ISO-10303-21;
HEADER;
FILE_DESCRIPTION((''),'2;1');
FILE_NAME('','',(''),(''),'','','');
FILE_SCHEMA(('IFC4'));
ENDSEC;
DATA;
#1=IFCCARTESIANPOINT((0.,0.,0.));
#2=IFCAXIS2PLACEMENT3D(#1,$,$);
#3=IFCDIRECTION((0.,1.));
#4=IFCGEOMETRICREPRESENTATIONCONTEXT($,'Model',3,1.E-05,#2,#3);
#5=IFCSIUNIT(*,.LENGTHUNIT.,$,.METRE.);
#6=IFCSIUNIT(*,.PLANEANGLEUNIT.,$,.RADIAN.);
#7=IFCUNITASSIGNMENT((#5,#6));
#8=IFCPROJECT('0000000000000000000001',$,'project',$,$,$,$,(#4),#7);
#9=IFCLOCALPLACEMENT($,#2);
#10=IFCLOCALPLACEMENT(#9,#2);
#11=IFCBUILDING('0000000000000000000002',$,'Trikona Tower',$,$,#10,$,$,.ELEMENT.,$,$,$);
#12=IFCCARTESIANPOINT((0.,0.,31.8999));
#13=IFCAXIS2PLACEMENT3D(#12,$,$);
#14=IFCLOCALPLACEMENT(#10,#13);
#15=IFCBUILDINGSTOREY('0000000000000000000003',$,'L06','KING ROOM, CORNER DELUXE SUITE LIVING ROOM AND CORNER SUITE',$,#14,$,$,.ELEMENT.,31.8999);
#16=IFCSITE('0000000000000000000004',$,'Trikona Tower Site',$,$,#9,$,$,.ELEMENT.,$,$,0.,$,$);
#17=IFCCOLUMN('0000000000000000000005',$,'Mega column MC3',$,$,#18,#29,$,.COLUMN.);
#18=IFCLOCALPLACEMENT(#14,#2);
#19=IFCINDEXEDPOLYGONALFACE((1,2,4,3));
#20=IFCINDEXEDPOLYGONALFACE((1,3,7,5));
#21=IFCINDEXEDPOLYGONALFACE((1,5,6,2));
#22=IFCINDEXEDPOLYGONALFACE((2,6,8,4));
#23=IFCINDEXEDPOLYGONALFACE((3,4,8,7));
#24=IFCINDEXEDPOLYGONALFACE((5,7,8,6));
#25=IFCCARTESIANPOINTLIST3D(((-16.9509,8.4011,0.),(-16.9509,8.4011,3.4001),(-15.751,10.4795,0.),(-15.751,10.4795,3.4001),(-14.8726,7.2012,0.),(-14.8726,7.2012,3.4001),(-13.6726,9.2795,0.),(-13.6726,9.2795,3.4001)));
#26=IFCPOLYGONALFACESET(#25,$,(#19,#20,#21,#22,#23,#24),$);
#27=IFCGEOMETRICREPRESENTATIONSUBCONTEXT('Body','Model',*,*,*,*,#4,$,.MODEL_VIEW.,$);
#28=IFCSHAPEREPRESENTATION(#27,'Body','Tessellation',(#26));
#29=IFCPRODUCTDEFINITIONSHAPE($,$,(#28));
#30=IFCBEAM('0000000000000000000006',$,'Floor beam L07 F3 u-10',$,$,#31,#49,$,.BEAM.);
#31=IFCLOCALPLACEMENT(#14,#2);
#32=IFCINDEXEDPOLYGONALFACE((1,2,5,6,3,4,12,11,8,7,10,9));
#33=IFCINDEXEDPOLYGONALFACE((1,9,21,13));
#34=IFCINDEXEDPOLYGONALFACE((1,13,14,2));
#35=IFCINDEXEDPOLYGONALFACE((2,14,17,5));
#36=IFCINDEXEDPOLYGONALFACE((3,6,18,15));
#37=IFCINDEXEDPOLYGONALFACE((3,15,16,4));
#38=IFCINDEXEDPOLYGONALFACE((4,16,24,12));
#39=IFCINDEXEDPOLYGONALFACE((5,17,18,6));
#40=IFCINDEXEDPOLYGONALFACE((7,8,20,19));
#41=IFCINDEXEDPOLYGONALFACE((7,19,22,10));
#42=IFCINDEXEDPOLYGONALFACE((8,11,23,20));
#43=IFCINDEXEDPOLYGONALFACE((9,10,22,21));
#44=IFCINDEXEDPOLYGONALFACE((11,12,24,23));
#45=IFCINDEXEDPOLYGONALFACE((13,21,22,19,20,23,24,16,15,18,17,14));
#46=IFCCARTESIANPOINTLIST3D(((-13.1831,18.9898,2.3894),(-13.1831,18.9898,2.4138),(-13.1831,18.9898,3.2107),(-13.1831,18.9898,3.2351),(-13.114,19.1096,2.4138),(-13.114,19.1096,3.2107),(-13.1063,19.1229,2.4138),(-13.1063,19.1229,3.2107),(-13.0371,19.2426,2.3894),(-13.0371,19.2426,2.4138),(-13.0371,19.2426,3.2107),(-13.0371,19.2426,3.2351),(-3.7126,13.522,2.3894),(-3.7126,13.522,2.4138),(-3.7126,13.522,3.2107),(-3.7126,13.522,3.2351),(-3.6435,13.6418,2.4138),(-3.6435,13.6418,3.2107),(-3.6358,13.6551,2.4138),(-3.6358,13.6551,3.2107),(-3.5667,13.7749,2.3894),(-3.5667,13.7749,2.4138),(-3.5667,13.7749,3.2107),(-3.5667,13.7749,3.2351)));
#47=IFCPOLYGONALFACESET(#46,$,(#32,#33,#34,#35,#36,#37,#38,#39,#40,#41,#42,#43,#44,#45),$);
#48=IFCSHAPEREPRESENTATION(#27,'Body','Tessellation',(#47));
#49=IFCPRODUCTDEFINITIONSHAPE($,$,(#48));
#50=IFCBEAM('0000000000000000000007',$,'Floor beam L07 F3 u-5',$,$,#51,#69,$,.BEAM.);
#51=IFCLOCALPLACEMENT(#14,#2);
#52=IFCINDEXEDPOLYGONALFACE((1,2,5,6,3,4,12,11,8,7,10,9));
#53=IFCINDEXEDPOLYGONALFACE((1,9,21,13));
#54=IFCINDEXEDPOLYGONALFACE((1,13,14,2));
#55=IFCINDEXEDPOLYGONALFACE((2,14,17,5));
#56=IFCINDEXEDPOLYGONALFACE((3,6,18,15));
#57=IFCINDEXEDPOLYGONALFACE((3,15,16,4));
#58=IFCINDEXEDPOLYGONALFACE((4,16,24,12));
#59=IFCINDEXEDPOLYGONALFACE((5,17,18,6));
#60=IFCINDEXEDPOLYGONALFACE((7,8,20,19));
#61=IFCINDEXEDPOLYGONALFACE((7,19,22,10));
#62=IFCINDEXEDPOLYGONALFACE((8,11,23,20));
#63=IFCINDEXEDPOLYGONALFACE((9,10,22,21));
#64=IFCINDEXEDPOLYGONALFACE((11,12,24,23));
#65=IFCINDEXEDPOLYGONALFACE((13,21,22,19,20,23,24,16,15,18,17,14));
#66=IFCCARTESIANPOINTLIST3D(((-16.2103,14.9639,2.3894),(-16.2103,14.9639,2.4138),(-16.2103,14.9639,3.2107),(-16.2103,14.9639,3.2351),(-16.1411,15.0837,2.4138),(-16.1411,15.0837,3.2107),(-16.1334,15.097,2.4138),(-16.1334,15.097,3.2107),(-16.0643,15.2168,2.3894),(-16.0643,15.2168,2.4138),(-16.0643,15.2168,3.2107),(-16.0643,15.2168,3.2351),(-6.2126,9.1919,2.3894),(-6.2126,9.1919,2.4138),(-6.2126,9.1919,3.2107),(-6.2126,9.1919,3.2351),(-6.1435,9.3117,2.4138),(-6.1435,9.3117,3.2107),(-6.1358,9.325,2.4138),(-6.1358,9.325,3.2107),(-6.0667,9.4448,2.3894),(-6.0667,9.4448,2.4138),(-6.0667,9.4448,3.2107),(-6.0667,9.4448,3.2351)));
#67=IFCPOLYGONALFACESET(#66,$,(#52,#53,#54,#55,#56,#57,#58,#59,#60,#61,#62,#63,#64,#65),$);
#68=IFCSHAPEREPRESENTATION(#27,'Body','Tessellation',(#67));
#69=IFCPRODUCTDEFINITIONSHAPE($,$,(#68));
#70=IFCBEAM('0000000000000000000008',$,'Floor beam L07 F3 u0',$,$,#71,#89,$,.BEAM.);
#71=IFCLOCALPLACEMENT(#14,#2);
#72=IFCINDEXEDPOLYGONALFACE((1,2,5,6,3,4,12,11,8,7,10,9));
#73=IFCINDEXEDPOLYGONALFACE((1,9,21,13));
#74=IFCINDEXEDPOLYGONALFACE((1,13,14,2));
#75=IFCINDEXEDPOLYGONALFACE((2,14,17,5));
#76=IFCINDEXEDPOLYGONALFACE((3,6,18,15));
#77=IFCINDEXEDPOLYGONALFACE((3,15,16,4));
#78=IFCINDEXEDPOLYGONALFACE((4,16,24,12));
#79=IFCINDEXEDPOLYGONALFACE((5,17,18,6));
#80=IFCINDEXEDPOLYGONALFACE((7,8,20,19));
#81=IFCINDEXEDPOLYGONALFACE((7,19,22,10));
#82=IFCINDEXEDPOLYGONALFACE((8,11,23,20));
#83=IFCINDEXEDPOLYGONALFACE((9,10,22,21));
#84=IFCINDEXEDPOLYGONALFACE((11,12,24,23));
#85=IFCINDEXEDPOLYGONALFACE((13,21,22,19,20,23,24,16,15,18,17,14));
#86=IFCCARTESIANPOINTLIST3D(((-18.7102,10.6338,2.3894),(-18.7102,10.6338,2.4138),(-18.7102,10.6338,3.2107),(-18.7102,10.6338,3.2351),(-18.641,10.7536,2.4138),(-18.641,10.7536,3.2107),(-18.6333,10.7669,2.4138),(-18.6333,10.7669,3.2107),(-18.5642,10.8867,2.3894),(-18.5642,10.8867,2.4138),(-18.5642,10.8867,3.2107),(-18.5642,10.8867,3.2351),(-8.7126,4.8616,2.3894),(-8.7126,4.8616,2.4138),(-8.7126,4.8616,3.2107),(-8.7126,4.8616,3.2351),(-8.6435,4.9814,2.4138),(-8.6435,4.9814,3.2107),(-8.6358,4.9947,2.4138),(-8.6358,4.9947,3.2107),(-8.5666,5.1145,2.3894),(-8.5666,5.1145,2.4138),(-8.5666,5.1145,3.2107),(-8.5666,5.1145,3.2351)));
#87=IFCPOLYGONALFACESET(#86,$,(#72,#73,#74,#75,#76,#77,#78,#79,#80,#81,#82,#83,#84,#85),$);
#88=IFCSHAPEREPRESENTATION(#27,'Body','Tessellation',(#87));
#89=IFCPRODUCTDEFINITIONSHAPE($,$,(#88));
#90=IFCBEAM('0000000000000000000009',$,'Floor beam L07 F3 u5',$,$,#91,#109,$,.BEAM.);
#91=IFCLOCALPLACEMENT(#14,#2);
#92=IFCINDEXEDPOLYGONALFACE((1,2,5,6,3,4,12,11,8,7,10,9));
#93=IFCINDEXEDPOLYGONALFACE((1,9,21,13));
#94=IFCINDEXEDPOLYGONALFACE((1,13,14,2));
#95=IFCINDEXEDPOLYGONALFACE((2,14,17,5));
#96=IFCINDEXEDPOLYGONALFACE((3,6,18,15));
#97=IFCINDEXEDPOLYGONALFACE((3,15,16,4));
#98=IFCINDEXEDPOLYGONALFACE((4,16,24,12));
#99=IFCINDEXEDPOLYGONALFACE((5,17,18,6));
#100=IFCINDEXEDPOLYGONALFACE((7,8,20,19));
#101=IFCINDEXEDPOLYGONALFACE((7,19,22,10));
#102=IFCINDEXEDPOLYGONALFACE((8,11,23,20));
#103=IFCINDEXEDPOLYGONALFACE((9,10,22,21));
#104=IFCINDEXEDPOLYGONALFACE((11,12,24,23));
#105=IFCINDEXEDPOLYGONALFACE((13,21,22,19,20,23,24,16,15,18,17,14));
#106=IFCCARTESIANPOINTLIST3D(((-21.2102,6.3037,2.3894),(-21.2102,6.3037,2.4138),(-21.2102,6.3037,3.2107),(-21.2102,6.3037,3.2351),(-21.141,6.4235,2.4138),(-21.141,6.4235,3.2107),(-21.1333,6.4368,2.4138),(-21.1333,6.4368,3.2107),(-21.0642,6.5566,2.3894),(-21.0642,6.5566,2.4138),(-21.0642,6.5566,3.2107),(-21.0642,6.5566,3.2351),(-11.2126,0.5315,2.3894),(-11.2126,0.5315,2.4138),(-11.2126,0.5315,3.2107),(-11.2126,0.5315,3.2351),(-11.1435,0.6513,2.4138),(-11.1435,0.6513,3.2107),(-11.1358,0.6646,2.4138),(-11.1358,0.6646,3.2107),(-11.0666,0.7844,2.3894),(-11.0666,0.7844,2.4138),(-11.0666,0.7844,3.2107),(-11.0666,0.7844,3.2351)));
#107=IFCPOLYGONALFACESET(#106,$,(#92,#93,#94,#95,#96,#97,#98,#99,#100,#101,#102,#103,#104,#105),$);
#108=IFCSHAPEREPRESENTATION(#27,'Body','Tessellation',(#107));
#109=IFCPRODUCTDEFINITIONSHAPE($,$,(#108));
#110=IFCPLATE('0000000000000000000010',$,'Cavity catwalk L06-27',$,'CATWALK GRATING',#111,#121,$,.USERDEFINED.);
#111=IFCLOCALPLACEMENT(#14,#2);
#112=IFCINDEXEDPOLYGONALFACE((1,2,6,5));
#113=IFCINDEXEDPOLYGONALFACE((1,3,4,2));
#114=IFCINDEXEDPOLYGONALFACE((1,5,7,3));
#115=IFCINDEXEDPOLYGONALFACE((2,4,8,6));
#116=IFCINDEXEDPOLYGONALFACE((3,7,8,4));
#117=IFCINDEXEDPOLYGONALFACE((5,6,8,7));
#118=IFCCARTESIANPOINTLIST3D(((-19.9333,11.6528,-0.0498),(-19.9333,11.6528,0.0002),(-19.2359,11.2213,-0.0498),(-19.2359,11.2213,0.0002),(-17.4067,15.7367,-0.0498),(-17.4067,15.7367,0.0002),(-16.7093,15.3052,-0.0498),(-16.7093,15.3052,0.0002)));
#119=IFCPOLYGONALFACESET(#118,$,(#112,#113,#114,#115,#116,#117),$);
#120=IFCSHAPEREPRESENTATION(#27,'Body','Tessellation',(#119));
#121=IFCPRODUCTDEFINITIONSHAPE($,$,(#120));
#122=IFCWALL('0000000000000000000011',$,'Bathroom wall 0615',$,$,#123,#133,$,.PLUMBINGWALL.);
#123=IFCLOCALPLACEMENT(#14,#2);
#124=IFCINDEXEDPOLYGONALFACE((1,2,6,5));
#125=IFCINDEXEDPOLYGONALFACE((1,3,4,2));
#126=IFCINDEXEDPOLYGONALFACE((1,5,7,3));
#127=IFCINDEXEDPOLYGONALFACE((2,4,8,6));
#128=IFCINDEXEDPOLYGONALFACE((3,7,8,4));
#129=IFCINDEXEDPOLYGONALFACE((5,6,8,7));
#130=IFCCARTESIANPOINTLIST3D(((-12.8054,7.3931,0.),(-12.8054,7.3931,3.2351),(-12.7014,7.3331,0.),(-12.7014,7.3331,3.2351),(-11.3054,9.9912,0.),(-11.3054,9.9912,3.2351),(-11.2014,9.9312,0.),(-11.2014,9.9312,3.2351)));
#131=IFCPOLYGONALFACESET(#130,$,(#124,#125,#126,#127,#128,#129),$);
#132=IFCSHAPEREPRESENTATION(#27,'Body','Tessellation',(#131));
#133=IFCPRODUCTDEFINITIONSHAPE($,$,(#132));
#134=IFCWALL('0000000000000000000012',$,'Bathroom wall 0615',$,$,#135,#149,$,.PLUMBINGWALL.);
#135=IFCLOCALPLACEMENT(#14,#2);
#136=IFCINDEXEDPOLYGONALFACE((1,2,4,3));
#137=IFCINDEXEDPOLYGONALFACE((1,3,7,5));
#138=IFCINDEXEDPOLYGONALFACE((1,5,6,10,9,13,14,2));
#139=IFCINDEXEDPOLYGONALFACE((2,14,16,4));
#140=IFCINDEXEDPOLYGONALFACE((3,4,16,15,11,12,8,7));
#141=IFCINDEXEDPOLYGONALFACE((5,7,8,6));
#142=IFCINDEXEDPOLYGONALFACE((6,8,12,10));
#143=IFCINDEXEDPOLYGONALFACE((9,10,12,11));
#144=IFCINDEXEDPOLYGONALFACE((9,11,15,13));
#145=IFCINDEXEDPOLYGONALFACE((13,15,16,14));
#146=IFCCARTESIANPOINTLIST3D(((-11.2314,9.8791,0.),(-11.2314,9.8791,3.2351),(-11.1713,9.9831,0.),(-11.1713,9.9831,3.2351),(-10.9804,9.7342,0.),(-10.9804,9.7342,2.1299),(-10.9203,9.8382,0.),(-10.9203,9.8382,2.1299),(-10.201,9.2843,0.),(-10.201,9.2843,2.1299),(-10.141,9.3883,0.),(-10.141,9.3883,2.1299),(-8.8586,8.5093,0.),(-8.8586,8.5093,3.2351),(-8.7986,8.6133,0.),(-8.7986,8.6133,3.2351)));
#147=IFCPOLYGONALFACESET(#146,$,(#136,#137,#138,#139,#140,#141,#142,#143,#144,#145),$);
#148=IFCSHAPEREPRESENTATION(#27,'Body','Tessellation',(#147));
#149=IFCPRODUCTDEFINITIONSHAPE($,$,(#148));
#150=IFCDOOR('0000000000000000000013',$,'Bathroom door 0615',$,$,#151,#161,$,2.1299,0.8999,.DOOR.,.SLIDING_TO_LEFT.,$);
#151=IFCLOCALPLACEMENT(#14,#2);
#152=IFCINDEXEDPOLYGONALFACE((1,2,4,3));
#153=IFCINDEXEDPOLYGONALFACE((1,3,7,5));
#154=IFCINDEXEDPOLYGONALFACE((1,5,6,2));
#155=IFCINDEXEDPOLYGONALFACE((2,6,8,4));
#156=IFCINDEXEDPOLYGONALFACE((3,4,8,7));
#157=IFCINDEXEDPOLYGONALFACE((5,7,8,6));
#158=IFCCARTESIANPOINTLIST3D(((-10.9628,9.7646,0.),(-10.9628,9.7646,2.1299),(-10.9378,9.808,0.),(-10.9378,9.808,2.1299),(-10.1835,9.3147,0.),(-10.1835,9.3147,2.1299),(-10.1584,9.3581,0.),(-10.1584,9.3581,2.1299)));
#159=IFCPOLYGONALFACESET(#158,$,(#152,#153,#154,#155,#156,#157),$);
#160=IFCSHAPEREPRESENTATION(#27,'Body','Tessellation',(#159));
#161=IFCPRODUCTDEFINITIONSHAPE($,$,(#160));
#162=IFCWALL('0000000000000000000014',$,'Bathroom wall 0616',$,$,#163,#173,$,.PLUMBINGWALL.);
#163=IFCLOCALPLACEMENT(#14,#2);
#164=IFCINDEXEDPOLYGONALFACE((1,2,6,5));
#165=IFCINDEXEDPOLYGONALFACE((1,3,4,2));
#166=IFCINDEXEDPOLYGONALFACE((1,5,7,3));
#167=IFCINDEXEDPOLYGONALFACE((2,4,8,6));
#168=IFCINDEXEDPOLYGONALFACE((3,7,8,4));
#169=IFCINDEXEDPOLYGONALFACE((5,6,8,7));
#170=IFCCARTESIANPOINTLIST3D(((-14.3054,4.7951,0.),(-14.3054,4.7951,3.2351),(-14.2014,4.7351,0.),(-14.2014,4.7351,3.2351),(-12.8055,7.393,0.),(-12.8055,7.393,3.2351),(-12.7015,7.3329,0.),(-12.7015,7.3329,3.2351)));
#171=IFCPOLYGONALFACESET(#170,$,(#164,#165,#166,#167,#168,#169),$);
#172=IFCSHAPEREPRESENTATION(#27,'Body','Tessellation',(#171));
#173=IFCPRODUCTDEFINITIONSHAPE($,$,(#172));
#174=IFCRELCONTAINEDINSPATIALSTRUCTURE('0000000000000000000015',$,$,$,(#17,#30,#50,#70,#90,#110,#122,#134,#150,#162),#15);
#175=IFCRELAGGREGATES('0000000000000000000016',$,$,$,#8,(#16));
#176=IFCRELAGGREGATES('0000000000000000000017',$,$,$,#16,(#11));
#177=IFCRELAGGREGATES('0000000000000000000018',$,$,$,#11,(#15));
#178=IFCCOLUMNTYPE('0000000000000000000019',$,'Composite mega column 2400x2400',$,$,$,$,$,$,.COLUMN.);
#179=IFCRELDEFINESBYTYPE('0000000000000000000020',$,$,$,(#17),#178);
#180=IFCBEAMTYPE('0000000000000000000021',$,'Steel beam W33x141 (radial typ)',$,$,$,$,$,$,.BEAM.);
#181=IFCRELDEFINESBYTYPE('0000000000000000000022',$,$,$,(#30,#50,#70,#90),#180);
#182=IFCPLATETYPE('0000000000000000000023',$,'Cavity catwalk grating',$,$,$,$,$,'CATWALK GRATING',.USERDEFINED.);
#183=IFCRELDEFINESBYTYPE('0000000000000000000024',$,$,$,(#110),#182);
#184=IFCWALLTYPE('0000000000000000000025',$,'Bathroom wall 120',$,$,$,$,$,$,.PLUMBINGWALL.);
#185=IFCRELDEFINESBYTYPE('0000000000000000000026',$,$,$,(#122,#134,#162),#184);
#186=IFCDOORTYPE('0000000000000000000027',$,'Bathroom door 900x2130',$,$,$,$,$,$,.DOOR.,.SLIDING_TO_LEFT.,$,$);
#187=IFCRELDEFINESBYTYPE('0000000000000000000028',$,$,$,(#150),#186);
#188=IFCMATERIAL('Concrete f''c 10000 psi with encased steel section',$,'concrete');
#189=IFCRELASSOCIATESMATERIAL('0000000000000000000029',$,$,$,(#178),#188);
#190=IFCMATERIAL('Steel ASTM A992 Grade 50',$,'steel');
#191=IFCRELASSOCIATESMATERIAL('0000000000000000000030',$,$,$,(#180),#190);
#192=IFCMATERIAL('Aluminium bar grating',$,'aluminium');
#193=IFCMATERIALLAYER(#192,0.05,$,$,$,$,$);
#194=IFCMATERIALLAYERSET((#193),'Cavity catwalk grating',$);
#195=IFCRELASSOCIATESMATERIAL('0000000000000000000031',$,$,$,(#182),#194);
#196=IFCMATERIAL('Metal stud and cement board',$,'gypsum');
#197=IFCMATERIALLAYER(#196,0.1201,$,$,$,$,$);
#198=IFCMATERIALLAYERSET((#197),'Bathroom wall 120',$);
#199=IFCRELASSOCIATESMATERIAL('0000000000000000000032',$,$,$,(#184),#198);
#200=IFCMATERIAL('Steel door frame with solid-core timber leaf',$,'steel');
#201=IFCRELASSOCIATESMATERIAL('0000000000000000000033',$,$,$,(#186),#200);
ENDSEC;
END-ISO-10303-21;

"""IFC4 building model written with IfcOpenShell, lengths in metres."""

from ifc_helpers import new_model, si_unit, direction, frame, frame_2d, origin, origin_2d, place, context, subcontext, project, spatial, rectangle, i_section, extrude, material, layer, layer_set, material_profile, profile_set, type_object, element, fill, save


model = new_model("IFC4")

# Units and contexts
model_context = context("Model", 3, precision=1e-05, world=origin(), true_north=direction((0.0, 1.0)))
body_context = subcontext(model_context, "Body", "Model", "MODEL_VIEW")
ifc_project = project(units=[si_unit("LENGTHUNIT", "METRE"), si_unit("PLANEANGLEUNIT", "RADIAN")], contexts=[model_context])

# Site, building, storey
site_placement = place(None, origin())
site = spatial("IfcSite", under=ifc_project, at=site_placement, Name="Trikona Tower Site", CompositionType="ELEMENT", RefElevation=0.0)
building_placement = place(site_placement, origin())
building = spatial("IfcBuilding", under=site, at=building_placement, Name="Trikona Tower", CompositionType="ELEMENT")
storey_placement = place(building_placement, frame((0.0, 0.0, 31.8999)))
storey = spatial("IfcBuildingStorey", under=building, at=storey_placement, Name="L06", Description="KING ROOM, CORNER DELUXE SUITE LIVING ROOM AND CORNER SUITE", CompositionType="ELEMENT", Elevation=31.8999)

# Column
ifc_material_1 = material(Name="Concrete f'c 10000 psi with encased steel section", Category="concrete")
ifc_material_profile_1 = material_profile(ifc_material_1, rectangle(XDim=2.3999, YDim=2.3999, at=origin_2d()), Name="MC2400")
ifc_profile_set_1 = profile_set([ifc_material_profile_1], Name="Concrete f'c 10000 psi with encased steel section")
column_type = type_object("IfcColumnType", Name="Composite mega column 2400x2400", PredefinedType="COLUMN", material=ifc_profile_set_1)
column_placement = place(storey_placement, frame((-15.3118, 8.8403, 0.0), z_axis=(0.0, 0.0, 1.0), x_axis=(-0.866025, 0.5, 0.0)))
element("IfcColumn", 1, at=column_placement, inside=storey, type_object=column_type, Name="Mega column MC3", PredefinedType="COLUMN", context=body_context, shape_type="SweptSolid", body=[
    extrude(rectangle(XDim=2.3999, YDim=2.3999, at=origin_2d()), origin(), (0.0, 0.0, 1.0), 3.4001),
])

# Beams
ifc_material_2 = material(Name="Steel ASTM A992 Grade 50", Category="steel")
ifc_material_profile_2 = material_profile(ifc_material_2, i_section(OverallWidth=0.292, OverallDepth=0.8457, WebThickness=0.0154, FlangeThickness=0.0244, at=origin_2d()), Name="W33X141")
ifc_profile_set_2 = profile_set([ifc_material_profile_2], Name="Steel ASTM A992 Grade 50")
beam_type = type_object("IfcBeamType", Name="Steel beam W33x141 (radial typ)", PredefinedType="BEAM", material=ifc_profile_set_2)
beam_placement = place(storey_placement, frame((-3.6396, 13.6484, 2.8123), z_axis=(-0.866025, 0.5, 0.0), x_axis=(-0.5, -0.866025, 0.0)))
element("IfcBeam", 2, at=beam_placement, inside=storey, type_object=beam_type, Name="Floor beam L07 F3 u-10", PredefinedType="BEAM", context=body_context, shape_type="SweptSolid", body=[
    extrude(i_section(OverallWidth=0.292, OverallDepth=0.8457, WebThickness=0.0154, FlangeThickness=0.0244, at=origin_2d()), origin(), (0.0, 0.0, 1.0), 10.9355),
])
for number, where, z_axis, x_axis, name in (
    (3, (-6.1396, 9.3184, 2.8123), (-0.86603, 0.499992, 0.0), (-0.499992, -0.86603, 0.0), "Floor beam L07 F3 u-5"),
    (4, (-8.6396, 4.988, 2.8123), (-0.866021, 0.500008, 0.0), (-0.500008, -0.866021, 0.0), "Floor beam L07 F3 u0"),
    (5, (-11.1396, 0.658, 2.8123), (-0.866021, 0.500008, 0.0), (-0.500008, -0.866021, 0.0), "Floor beam L07 F3 u5"),
):
    element("IfcBeam", number, at=place(storey_placement, frame(where, z_axis=z_axis, x_axis=x_axis)), inside=storey, type_object=beam_type, Name=name, PredefinedType="BEAM", context=body_context, shape_type="SweptSolid", body=[
        extrude(i_section(OverallWidth=0.292, OverallDepth=0.8457, WebThickness=0.0154, FlangeThickness=0.0244, at=origin_2d()), origin(), (0.0, 0.0, 1.0), 11.5442),
    ])

# Plate
ifc_material_3 = material(Name="Aluminium bar grating", Category="aluminium")
ifc_layer_1 = layer(ifc_material_3, 0.05)
ifc_layer_set_1 = layer_set([ifc_layer_1], Name="Cavity catwalk grating")
plate_type = type_object("IfcPlateType", Name="Cavity catwalk grating", ElementType="CATWALK GRATING", PredefinedType="USERDEFINED", material=ifc_layer_set_1)
plate_placement = place(storey_placement, frame((-18.3213, 13.479, -0.0498), z_axis=(0.0, 0.0, 1.0), x_axis=(-0.526119, -0.850411, 0.0)))
element("IfcPlate", 6, at=plate_placement, inside=storey, type_object=plate_type, Name="Cavity catwalk L06-27", ObjectType="CATWALK GRATING", PredefinedType="USERDEFINED", context=body_context, shape_type="SweptSolid", body=[
    extrude(rectangle(XDim=4.8022, YDim=0.8201, at=origin_2d()), origin(), (0.0, 0.0, 1.0), 0.05),
])

# Wall
ifc_material_4 = material(Name="Metal stud and cement board", Category="gypsum")
ifc_layer_2 = layer(ifc_material_4, 0.1201)
ifc_layer_set_2 = layer_set([ifc_layer_2], Name="Bathroom wall 120")
wall_type_1 = type_object("IfcWallType", Name="Bathroom wall 120", PredefinedType="PLUMBINGWALL", material=ifc_layer_set_2)
wall_1_placement = place(storey_placement, frame((-11.2534, 9.9612, 0.0), z_axis=(0.0, 0.0, 1.0), x_axis=(-0.49999, -0.866031, 0.0)))
element("IfcWall", 7, at=wall_1_placement, inside=storey, type_object=wall_type_1, Name="Bathroom wall 0615", PredefinedType="PLUMBINGWALL", context=body_context, shape_type="SweptSolid", body=[
    extrude(rectangle(XDim=3.0, YDim=0.1201, at=frame_2d((1.5, 0.0))), origin(), (0.0, 0.0, 1.0), 3.2351),
])

# Wall, opening, door
wall_2_placement = place(storey_placement, frame((-8.8286, 8.5613, 0.0), z_axis=(0.0, 0.0, 1.0), x_axis=(-0.866036, 0.499982, 0.0)))
wall_2 = element("IfcWall", 8, at=wall_2_placement, inside=storey, type_object=wall_type_1, Name="Bathroom wall 0615", PredefinedType="PLUMBINGWALL", context=body_context, shape_type="SweptSolid", body=[
    extrude(rectangle(XDim=2.7397, YDim=0.1201, at=frame_2d((1.3699, 0.0))), origin(), (0.0, 0.0, 1.0), 3.2351),
])
opening_1_placement = place(wall_2_placement, frame((1.55, 0.0, 0.0)))
opening_1 = element("IfcOpeningElement", 9, at=opening_1_placement, cuts=wall_2, PredefinedType="OPENING", context=body_context, shape_type="SweptSolid", body=[
    extrude(rectangle(XDim=0.8999, YDim=2.1299, at=frame_2d((0.45, 1.0649))), frame((0.0, 0.0701, 0.0), z_axis=(0.0, -1.0, 0.0), x_axis=(1.0, 0.0, 0.0)), (0.0, 0.0, 1.0), 0.1401),
])
ifc_material_5 = material(Name="Steel door frame with solid-core timber leaf", Category="steel")
door_type_1 = type_object("IfcDoorType", Name="Bathroom door 900x2130", OperationType="SLIDING_TO_LEFT", PredefinedType="DOOR", material=ifc_material_5)
door_1_placement = place(opening_1_placement, origin())
door_1 = element("IfcDoor", 10, at=door_1_placement, inside=storey, type_object=door_type_1, Name="Bathroom door 0615", OperationType="SLIDING_TO_LEFT", OverallHeight=2.1299, OverallWidth=0.8999, PredefinedType="DOOR", context=body_context, shape_type="SweptSolid", body=[
    extrude(rectangle(XDim=0.8999, YDim=2.1299, at=frame_2d((0.45, 1.0649))), frame((0.0, 0.0249, 0.0), z_axis=(0.0, -1.0, 0.0), x_axis=(1.0, 0.0, 0.0)), (0.0, 0.0, 1.0), 0.05),
])
fill(opening_1, door_1)

# Wall
wall_3_placement = place(storey_placement, frame((-12.7534, 7.363, 0.0), z_axis=(0.0, 0.0, 1.0), x_axis=(-0.500025, -0.866011, 0.0)))
element("IfcWall", 11, at=wall_3_placement, inside=storey, type_object=wall_type_1, Name="Bathroom wall 0616", PredefinedType="PLUMBINGWALL", context=body_context, shape_type="SweptSolid", body=[
    extrude(rectangle(XDim=2.9998, YDim=0.1201, at=frame_2d((1.5, 0.0))), origin(), (0.0, 0.0, 1.0), 3.2351),
])

save(model, "model.ifc")
